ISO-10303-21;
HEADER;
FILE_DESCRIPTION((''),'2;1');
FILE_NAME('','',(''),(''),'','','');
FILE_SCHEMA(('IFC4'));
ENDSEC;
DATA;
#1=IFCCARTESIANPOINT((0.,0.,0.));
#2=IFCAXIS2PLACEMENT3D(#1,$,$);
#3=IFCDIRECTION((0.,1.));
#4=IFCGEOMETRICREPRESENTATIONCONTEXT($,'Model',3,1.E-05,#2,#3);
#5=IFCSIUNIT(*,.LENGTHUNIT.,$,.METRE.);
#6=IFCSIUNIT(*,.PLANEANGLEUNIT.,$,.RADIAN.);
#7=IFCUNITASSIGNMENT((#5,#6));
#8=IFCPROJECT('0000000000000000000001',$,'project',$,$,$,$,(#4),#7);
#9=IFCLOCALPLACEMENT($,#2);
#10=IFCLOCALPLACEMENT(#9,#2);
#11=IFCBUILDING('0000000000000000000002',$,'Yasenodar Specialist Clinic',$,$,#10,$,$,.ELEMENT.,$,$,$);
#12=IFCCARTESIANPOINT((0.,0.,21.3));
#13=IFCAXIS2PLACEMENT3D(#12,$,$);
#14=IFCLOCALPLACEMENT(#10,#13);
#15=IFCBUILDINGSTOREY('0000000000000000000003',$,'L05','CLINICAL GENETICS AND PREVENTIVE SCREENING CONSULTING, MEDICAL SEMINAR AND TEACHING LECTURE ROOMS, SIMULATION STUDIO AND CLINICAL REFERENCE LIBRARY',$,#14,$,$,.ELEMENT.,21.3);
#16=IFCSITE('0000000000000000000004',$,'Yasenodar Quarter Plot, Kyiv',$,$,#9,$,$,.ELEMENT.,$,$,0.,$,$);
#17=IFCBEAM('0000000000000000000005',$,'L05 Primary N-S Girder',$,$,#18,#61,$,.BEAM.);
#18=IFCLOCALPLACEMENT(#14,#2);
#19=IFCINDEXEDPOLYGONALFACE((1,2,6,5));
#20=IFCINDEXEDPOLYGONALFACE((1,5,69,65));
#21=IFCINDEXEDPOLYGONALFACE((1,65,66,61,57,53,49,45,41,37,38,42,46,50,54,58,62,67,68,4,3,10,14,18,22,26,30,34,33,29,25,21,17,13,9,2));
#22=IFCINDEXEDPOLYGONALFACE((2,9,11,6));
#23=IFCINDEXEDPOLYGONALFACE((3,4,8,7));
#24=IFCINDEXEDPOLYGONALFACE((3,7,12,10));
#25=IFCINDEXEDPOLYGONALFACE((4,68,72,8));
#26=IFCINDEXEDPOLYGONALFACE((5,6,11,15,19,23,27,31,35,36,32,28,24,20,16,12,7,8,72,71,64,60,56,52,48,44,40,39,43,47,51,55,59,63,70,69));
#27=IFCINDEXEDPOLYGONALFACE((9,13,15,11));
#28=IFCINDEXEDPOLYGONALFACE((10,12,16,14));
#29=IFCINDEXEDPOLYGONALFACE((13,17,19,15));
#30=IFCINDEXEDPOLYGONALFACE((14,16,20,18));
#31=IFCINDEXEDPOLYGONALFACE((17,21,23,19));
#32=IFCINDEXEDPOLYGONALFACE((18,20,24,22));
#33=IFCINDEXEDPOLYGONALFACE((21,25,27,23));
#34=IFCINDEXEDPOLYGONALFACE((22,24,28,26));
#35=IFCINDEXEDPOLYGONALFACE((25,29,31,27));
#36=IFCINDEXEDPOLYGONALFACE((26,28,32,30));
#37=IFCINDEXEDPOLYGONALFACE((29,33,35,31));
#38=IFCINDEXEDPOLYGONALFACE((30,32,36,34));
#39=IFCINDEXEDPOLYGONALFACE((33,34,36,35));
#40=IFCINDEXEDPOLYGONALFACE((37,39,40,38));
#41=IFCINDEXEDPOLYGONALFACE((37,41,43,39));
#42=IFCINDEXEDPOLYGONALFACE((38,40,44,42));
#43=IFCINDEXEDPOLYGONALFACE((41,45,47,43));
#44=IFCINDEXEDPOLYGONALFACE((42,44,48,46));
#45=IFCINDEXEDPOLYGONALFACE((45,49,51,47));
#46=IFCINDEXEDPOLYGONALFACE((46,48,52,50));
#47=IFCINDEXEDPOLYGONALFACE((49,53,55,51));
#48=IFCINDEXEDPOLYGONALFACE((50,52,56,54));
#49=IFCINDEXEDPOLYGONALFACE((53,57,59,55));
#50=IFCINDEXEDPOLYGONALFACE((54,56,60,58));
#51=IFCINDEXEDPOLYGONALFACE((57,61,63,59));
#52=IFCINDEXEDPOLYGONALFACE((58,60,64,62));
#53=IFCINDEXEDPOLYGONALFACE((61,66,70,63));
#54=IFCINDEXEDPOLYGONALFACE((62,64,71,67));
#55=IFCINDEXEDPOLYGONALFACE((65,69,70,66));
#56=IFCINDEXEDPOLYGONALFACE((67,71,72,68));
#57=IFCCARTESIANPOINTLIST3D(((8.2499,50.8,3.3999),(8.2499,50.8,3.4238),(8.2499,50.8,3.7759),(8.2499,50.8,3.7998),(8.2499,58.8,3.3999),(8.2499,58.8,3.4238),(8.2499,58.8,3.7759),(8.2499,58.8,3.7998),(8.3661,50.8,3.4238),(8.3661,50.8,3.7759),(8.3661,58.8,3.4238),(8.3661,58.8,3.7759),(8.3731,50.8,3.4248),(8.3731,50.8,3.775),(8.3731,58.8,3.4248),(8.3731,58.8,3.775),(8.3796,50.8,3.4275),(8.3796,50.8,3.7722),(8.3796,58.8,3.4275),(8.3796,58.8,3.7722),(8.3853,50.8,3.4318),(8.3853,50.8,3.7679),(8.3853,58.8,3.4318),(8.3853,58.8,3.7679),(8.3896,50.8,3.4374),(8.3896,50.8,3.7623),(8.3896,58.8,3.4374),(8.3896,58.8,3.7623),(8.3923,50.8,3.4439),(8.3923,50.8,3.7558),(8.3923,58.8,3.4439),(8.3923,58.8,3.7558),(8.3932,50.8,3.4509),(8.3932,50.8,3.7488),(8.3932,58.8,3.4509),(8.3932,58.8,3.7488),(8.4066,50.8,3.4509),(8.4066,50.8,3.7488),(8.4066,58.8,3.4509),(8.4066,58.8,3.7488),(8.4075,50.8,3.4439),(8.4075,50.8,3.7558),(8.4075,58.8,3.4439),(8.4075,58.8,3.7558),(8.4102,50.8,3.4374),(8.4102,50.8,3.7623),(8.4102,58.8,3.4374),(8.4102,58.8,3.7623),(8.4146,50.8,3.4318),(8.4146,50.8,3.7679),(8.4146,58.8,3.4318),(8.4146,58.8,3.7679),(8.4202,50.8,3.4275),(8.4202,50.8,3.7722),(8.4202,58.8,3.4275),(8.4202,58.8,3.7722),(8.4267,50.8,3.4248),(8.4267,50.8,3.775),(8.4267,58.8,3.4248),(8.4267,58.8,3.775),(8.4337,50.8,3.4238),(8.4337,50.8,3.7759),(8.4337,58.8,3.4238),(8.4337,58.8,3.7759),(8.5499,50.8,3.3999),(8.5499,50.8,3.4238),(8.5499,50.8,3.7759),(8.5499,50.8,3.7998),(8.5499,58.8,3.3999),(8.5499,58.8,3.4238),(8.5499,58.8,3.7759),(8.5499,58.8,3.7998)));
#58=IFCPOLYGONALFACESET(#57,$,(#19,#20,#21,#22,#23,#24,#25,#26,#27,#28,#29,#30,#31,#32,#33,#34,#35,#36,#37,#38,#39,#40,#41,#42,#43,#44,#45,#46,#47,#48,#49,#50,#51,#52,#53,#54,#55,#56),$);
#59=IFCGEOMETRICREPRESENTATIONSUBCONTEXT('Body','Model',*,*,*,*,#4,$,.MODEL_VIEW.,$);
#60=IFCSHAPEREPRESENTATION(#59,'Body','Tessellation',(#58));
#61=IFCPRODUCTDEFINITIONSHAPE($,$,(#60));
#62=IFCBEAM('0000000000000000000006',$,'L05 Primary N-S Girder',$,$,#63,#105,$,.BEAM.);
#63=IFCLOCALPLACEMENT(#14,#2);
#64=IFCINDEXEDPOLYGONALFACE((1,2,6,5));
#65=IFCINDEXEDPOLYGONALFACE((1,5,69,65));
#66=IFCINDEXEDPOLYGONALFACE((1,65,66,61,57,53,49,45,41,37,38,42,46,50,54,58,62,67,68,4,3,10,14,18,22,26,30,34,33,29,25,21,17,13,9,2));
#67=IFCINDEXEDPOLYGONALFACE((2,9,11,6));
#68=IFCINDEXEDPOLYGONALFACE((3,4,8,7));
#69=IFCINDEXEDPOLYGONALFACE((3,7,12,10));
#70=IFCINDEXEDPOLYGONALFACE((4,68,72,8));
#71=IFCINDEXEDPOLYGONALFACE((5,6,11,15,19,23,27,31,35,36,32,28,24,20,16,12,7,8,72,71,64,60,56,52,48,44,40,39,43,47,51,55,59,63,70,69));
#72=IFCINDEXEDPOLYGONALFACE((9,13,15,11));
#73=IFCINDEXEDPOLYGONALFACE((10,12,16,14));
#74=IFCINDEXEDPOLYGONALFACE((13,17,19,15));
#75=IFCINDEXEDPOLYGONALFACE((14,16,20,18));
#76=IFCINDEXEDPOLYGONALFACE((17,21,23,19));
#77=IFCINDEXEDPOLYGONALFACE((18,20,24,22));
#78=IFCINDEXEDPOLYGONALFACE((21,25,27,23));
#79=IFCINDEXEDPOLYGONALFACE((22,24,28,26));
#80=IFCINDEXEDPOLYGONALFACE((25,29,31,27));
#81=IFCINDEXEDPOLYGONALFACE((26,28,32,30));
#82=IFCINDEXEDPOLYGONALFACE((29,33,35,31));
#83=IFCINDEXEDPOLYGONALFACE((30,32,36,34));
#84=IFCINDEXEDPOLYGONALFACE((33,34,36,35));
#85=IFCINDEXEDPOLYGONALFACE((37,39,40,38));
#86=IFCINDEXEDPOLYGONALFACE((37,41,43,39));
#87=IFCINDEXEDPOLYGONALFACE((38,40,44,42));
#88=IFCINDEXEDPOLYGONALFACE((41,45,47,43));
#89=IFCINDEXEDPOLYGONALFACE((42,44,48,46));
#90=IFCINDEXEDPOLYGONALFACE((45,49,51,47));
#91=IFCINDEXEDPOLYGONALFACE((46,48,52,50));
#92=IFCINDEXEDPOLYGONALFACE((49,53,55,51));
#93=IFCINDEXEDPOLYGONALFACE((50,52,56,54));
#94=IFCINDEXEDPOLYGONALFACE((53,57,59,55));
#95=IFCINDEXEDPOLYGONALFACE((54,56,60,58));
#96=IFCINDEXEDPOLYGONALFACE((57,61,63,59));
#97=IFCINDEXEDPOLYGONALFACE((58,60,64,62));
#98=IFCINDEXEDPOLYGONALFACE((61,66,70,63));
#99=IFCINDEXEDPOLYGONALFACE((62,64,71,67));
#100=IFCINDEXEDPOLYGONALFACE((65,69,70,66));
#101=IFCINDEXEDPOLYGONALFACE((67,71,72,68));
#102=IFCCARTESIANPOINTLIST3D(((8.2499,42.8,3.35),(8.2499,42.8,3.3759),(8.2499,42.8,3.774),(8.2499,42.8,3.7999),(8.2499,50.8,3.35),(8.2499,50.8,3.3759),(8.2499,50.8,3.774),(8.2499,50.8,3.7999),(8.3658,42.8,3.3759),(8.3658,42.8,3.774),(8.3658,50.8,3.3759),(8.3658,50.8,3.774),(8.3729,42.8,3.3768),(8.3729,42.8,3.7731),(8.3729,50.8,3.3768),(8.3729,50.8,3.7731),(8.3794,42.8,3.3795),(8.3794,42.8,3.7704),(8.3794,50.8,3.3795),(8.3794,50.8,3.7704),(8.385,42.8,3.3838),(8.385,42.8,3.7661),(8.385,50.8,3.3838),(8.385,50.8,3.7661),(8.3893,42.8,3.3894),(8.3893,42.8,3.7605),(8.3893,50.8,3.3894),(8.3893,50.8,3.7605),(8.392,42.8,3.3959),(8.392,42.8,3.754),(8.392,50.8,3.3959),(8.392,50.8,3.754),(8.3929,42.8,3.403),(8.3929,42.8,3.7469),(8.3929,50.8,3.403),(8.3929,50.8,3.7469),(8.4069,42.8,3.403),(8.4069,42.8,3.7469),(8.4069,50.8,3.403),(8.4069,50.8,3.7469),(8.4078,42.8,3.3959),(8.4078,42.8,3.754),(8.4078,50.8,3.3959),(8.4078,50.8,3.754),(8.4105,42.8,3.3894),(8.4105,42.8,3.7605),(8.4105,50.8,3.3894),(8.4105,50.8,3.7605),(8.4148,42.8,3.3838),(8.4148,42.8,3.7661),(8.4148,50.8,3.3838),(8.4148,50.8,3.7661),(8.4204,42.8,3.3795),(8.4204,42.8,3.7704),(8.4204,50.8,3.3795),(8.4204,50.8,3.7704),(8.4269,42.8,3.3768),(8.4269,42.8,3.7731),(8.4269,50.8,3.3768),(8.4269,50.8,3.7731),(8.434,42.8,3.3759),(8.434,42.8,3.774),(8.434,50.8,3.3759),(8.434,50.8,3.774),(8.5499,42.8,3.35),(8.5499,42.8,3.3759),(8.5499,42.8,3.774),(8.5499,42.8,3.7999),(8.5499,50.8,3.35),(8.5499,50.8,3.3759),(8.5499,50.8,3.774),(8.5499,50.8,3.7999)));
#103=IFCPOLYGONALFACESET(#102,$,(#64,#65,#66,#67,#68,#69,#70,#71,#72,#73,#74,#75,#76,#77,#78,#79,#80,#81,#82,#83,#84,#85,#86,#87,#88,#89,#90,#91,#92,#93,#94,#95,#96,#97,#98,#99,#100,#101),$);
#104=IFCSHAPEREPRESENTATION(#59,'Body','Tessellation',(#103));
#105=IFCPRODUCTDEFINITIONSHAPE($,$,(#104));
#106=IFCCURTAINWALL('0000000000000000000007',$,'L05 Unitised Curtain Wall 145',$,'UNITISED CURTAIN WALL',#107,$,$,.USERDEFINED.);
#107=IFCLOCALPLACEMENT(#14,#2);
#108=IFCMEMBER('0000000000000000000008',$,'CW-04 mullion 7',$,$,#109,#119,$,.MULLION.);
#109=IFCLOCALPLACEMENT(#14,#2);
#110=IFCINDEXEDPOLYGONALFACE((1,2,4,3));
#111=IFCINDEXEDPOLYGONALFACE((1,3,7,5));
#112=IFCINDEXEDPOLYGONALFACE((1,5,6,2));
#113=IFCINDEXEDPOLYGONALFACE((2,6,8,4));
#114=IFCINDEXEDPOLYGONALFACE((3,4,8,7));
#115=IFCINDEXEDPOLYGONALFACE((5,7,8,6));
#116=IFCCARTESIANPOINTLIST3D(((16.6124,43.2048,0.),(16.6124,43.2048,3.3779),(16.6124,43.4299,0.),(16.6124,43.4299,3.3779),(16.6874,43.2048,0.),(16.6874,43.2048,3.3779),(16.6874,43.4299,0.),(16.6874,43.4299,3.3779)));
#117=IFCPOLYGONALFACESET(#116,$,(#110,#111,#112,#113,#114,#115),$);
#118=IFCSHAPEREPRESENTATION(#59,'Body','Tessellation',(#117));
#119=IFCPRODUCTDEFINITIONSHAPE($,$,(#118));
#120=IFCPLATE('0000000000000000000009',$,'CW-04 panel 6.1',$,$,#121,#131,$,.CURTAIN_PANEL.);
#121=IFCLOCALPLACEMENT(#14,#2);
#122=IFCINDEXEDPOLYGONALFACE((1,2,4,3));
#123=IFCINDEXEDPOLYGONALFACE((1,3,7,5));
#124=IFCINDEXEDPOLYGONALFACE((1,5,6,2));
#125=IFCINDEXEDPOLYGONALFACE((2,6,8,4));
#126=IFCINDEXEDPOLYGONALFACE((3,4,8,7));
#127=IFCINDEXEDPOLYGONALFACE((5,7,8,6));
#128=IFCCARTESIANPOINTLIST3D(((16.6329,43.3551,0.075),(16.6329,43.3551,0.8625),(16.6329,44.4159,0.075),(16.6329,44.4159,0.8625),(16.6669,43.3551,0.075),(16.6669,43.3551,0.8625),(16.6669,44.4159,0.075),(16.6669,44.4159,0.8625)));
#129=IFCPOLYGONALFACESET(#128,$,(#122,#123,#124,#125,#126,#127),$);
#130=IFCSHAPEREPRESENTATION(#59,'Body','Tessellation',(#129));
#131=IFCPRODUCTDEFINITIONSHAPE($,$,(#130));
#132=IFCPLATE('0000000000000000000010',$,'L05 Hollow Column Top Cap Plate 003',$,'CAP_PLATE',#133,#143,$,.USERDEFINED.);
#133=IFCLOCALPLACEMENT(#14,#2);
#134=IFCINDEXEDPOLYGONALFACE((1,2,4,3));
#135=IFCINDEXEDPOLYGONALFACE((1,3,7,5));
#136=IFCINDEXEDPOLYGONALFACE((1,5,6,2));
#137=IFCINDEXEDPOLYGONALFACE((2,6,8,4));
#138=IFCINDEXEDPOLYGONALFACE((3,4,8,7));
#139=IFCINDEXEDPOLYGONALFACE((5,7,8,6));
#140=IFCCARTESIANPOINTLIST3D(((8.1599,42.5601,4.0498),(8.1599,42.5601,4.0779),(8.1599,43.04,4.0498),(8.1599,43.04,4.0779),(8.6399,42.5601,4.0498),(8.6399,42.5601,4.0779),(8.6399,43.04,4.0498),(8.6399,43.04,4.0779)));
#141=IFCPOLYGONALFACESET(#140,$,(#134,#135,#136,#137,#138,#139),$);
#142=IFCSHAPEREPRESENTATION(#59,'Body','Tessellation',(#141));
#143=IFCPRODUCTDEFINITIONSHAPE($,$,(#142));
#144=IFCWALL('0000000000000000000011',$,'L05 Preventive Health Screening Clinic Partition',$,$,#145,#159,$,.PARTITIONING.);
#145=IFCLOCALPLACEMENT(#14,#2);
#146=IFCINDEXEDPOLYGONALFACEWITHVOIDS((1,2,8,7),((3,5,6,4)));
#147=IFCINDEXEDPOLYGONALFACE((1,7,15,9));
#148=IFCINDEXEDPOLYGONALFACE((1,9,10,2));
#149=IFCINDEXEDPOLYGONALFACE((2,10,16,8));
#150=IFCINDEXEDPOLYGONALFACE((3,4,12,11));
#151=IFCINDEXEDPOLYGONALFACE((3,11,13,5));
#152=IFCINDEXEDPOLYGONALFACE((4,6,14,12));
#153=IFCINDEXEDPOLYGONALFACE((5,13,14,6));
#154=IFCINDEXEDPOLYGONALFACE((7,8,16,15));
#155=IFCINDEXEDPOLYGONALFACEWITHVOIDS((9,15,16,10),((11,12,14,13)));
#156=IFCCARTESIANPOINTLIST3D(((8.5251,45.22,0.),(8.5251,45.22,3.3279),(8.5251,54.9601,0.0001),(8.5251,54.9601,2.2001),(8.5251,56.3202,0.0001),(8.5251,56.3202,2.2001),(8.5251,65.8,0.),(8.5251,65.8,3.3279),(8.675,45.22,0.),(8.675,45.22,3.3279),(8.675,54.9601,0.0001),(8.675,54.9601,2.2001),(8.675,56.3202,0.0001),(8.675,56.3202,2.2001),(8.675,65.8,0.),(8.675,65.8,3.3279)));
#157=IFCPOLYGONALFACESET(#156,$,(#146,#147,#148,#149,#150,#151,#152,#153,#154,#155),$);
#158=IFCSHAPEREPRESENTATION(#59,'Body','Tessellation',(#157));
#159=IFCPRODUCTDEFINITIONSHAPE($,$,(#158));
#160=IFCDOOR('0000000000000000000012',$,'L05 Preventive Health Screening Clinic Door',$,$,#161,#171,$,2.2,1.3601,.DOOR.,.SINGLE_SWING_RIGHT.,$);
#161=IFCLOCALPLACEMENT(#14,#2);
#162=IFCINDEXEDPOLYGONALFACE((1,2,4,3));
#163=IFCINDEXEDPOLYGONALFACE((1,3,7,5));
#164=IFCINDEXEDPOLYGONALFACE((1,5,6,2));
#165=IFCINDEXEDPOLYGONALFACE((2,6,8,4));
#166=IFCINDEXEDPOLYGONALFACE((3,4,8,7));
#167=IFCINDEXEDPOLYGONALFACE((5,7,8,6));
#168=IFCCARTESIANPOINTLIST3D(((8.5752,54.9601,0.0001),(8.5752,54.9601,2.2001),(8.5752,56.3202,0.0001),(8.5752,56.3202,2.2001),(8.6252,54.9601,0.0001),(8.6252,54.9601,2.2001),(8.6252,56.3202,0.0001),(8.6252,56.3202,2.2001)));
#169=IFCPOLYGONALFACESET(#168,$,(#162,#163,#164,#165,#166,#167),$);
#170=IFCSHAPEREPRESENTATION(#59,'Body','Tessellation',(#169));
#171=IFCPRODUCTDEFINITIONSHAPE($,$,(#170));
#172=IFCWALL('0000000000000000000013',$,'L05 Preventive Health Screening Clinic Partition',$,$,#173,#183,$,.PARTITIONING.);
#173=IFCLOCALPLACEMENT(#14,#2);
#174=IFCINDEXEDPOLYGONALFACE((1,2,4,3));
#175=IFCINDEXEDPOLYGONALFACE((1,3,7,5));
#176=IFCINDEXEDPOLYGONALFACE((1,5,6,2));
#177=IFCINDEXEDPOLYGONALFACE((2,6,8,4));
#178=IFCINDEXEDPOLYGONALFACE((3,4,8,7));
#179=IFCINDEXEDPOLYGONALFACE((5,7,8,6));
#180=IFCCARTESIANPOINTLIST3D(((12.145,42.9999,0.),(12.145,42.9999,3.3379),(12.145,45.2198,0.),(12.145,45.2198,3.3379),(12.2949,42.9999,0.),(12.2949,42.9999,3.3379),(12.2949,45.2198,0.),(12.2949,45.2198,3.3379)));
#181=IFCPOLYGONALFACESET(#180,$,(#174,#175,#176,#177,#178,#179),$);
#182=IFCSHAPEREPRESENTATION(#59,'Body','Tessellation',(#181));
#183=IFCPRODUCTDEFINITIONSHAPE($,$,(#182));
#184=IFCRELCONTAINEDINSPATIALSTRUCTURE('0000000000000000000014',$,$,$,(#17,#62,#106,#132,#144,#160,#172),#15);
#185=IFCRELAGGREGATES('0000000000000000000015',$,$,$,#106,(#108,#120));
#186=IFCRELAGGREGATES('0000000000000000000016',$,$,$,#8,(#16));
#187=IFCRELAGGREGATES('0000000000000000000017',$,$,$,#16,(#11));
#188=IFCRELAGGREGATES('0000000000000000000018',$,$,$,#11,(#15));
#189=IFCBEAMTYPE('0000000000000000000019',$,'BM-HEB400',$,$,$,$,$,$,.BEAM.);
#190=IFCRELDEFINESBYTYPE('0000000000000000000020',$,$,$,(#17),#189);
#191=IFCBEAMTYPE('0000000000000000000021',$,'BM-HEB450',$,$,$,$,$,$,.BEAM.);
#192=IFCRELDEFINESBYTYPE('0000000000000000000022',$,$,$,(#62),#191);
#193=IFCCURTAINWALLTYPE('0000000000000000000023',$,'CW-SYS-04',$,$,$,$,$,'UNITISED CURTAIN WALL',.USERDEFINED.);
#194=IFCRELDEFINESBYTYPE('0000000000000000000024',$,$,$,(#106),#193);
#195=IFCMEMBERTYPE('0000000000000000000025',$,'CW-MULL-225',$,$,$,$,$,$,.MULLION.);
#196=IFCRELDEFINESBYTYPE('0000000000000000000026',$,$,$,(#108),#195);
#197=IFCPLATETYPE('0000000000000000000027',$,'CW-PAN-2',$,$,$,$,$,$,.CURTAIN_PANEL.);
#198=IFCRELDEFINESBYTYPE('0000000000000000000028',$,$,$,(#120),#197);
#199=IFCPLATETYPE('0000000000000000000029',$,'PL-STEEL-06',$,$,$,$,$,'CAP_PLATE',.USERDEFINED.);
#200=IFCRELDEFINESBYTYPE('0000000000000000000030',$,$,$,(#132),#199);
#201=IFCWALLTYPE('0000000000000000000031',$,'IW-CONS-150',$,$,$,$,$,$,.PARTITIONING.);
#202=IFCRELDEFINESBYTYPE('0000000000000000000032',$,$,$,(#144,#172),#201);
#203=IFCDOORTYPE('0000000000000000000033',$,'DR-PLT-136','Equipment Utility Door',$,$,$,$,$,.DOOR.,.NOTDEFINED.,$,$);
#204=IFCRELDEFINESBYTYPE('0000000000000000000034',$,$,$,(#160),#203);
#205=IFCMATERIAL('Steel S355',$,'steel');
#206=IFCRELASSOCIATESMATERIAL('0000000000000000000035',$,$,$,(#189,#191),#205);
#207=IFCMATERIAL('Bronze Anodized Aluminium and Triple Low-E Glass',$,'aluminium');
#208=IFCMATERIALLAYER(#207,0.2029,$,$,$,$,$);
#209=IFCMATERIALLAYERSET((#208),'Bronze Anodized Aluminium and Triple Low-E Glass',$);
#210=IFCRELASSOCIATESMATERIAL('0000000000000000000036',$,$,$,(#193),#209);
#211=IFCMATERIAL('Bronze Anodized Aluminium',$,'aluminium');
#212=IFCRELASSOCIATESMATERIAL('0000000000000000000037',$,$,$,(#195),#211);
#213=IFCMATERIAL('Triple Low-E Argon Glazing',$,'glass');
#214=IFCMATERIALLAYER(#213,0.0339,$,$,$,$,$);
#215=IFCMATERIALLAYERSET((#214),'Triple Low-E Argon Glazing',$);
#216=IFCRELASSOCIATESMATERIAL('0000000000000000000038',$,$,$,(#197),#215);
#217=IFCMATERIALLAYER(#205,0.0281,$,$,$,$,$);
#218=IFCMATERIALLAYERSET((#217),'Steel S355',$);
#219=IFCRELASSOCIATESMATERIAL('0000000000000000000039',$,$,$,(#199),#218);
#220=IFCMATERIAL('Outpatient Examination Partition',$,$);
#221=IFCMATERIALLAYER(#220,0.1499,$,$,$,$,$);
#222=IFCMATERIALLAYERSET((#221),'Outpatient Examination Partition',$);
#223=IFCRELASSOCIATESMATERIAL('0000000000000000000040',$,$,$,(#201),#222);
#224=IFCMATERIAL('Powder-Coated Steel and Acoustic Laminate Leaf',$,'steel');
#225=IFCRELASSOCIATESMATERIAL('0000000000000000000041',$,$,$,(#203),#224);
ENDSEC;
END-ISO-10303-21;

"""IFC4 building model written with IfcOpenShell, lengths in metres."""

from ifc_helpers import new_model, si_unit, direction, frame, frame_2d, origin, origin_2d, place, context, subcontext, project, spatial, rectangle, i_section, extrude, material, layer, layer_set, material_profile, profile_set, type_object, element, fill, aggregate, save


model = new_model("IFC4")

# Units and contexts
model_context = context("Model", 3, precision=1e-05, world=origin(), true_north=direction((0.0, 1.0)))
body_context = subcontext(model_context, "Body", "Model", "MODEL_VIEW")
ifc_project = project(units=[si_unit("LENGTHUNIT", "METRE"), si_unit("PLANEANGLEUNIT", "RADIAN")], contexts=[model_context])

# Site, building, storey
site_placement = place(None, origin())
site = spatial("IfcSite", under=ifc_project, at=site_placement, Name="Yasenodar Quarter Plot, Kyiv", CompositionType="ELEMENT", RefElevation=0.0)
building_placement = place(site_placement, origin())
building = spatial("IfcBuilding", under=site, at=building_placement, Name="Yasenodar Specialist Clinic", CompositionType="ELEMENT")
storey_placement = place(building_placement, frame((0.0, 0.0, 21.3)))
storey = spatial("IfcBuildingStorey", under=building, at=storey_placement, Name="L05", Description="CLINICAL GENETICS AND PREVENTIVE SCREENING CONSULTING, MEDICAL SEMINAR AND TEACHING LECTURE ROOMS, SIMULATION STUDIO AND CLINICAL REFERENCE LIBRARY", CompositionType="ELEMENT", Elevation=21.3)

# Shared definitions
ifc_material_1 = material(Name="Steel S355", Category="steel")

# Beams
ifc_material_profile_1 = material_profile(ifc_material_1, i_section(OverallWidth=0.3, OverallDepth=0.3999, WebThickness=0.0134, FlangeThickness=0.0239, FilletRadius=0.0271, at=origin_2d()), Name="HEB 400")
ifc_profile_set_1 = profile_set([ifc_material_profile_1], Name="Steel S355")
beam_type_1 = type_object("IfcBeamType", Name="BM-HEB400", PredefinedType="BEAM", material=ifc_profile_set_1)
beam_1_placement = place(storey_placement, frame((8.3999, 50.8, 3.5999), z_axis=(0.0, 1.0, 0.0), x_axis=(-1.0, 0.0, 0.0)))
element("IfcBeam", 1, at=beam_1_placement, inside=storey, type_object=beam_type_1, Name="L05 Primary N-S Girder", PredefinedType="BEAM", context=body_context, shape_type="SweptSolid", body=[
    extrude(i_section(OverallWidth=0.3, OverallDepth=0.3999, WebThickness=0.0134, FlangeThickness=0.0239, FilletRadius=0.0271, at=origin_2d()), origin(), (0.0, 0.0, 1.0), 8.0),
])
ifc_material_profile_2 = material_profile(ifc_material_1, i_section(OverallWidth=0.3, OverallDepth=0.45, WebThickness=0.0139, FlangeThickness=0.0259, FilletRadius=0.0271, at=origin_2d()), Name="HEB 450")
ifc_profile_set_2 = profile_set([ifc_material_profile_2], Name="Steel S355")
beam_type_2 = type_object("IfcBeamType", Name="BM-HEB450", PredefinedType="BEAM", material=ifc_profile_set_2)
beam_2_placement = place(storey_placement, frame((8.3999, 42.8, 3.575), z_axis=(0.0, 1.0, 0.0), x_axis=(-1.0, 0.0, 0.0)))
element("IfcBeam", 2, at=beam_2_placement, inside=storey, type_object=beam_type_2, Name="L05 Primary N-S Girder", PredefinedType="BEAM", context=body_context, shape_type="SweptSolid", body=[
    extrude(i_section(OverallWidth=0.3, OverallDepth=0.45, WebThickness=0.0139, FlangeThickness=0.0259, FilletRadius=0.0271, at=origin_2d()), origin(), (0.0, 0.0, 1.0), 8.0),
])

# Curtain wall, member, plate
ifc_material_2 = material(Name="Bronze Anodized Aluminium and Triple Low-E Glass", Category="aluminium")
ifc_layer_1 = layer(ifc_material_2, 0.2029)
ifc_layer_set_1 = layer_set([ifc_layer_1], Name="Bronze Anodized Aluminium and Triple Low-E Glass")
curtain_wall_type = type_object("IfcCurtainWallType", Name="CW-SYS-04", ElementType="UNITISED CURTAIN WALL", PredefinedType="USERDEFINED", material=ifc_layer_set_1)
curtain_wall_placement = place(storey_placement, origin())
curtain_wall = element("IfcCurtainWall", 3, at=curtain_wall_placement, inside=storey, type_object=curtain_wall_type, Name="L05 Unitised Curtain Wall 145", ObjectType="UNITISED CURTAIN WALL", PredefinedType="USERDEFINED")
ifc_material_3 = material(Name="Bronze Anodized Aluminium", Category="aluminium")
ifc_material_profile_3 = material_profile(ifc_material_3, rectangle(XDim=0.075, YDim=0.2251, at=origin_2d()), Name="CW-MULL 75x225")
ifc_profile_set_3 = profile_set([ifc_material_profile_3], Name="Bronze Anodized Aluminium")
member_type = type_object("IfcMemberType", Name="CW-MULL-225", PredefinedType="MULLION", material=ifc_profile_set_3)
member_placement = place(storey_placement, frame((16.6499, 43.3174, 0.0), z_axis=(0.0, 0.0, 1.0), x_axis=(1.0, 0.0, 0.0)))
member = element("IfcMember", 4, at=member_placement, type_object=member_type, Name="CW-04 mullion 7", PredefinedType="MULLION", context=body_context, shape_type="SweptSolid", body=[
    extrude(rectangle(XDim=0.075, YDim=0.2251, at=origin_2d()), origin(), (0.0, 0.0, 1.0), 3.3779),
])
ifc_material_4 = material(Name="Triple Low-E Argon Glazing", Category="glass")
ifc_layer_2 = layer(ifc_material_4, 0.0339)
ifc_layer_set_2 = layer_set([ifc_layer_2], Name="Triple Low-E Argon Glazing")
plate_type_1 = type_object("IfcPlateType", Name="CW-PAN-2", PredefinedType="CURTAIN_PANEL", material=ifc_layer_set_2)
plate_1_placement = place(storey_placement, frame((16.6499, 43.8855, 0.075), z_axis=(0.0, 0.0, 1.0), x_axis=(0.0, -1.0, 0.0)))
plate_1 = element("IfcPlate", 5, at=plate_1_placement, type_object=plate_type_1, Name="CW-04 panel 6.1", PredefinedType="CURTAIN_PANEL", context=body_context, shape_type="SweptSolid", body=[
    extrude(rectangle(XDim=1.0608, YDim=0.0339, at=origin_2d()), origin(), (0.0, 0.0, 1.0), 0.7876),
])
aggregate(curtain_wall, [member, plate_1])

# Plate
ifc_layer_3 = layer(ifc_material_1, 0.0281)
ifc_layer_set_3 = layer_set([ifc_layer_3], Name="Steel S355")
plate_type_2 = type_object("IfcPlateType", Name="PL-STEEL-06", ElementType="CAP_PLATE", PredefinedType="USERDEFINED", material=ifc_layer_set_3)
plate_2_placement = place(storey_placement, frame((8.3999, 42.8, 4.0498), z_axis=(0.0, 0.0, 1.0), x_axis=(1.0, 0.0, 0.0)))
element("IfcPlate", 6, at=plate_2_placement, inside=storey, type_object=plate_type_2, Name="L05 Hollow Column Top Cap Plate 003", ObjectType="CAP_PLATE", PredefinedType="USERDEFINED", context=body_context, shape_type="SweptSolid", body=[
    extrude(rectangle(XDim=0.48, YDim=0.48, at=origin_2d()), origin(), (0.0, 0.0, 1.0), 0.0281),
])

# Wall, opening, door
ifc_material_5 = material(Name="Outpatient Examination Partition")
ifc_layer_4 = layer(ifc_material_5, 0.1499)
ifc_layer_set_4 = layer_set([ifc_layer_4], Name="Outpatient Examination Partition")
wall_type_1 = type_object("IfcWallType", Name="IW-CONS-150", PredefinedType="PARTITIONING", material=ifc_layer_set_4)
wall_1_placement = place(storey_placement, frame((8.6001, 45.22, 0.0), z_axis=(0.0, 0.0, 1.0), x_axis=(0.0, 1.0, 0.0)))
wall_1 = element("IfcWall", 7, at=wall_1_placement, inside=storey, type_object=wall_type_1, Name="L05 Preventive Health Screening Clinic Partition", PredefinedType="PARTITIONING", context=body_context, shape_type="SweptSolid", body=[
    extrude(rectangle(XDim=20.5801, YDim=0.1499, at=frame_2d((10.29, 0.0))), origin(), (0.0, 0.0, 1.0), 3.3279),
])
opening_placement = place(wall_1_placement, frame((9.74, 0.0, 0.0)))
opening = element("IfcOpeningElement", 8, at=opening_placement, cuts=wall_1, PredefinedType="OPENING", context=body_context, shape_type="SweptSolid", body=[
    extrude(rectangle(XDim=1.3601, YDim=2.2, at=frame_2d((0.6802, 1.1001))), frame((0.0, 0.085, 0.0), z_axis=(0.0, -1.0, 0.0), x_axis=(1.0, 0.0, 0.0)), (0.0, 0.0, 1.0), 0.1699),
])
ifc_material_6 = material(Name="Powder-Coated Steel and Acoustic Laminate Leaf", Category="steel")
door_type = type_object("IfcDoorType", Name="DR-PLT-136", Description="Equipment Utility Door", OperationType="NOTDEFINED", PredefinedType="DOOR", material=ifc_material_6)
door_placement = place(opening_placement, origin())
door = element("IfcDoor", 9, at=door_placement, inside=storey, type_object=door_type, Name="L05 Preventive Health Screening Clinic Door", OperationType="SINGLE_SWING_RIGHT", OverallHeight=2.2, OverallWidth=1.3601, PredefinedType="DOOR", context=body_context, shape_type="SweptSolid", body=[
    extrude(rectangle(XDim=1.3601, YDim=2.2, at=frame_2d((0.6802, 1.1001))), frame((0.0, 0.0249, 0.0), z_axis=(0.0, -1.0, 0.0), x_axis=(1.0, 0.0, 0.0)), (0.0, 0.0, 1.0), 0.05),
])
fill(opening, door)

# Wall
wall_2_placement = place(storey_placement, frame((12.22, 43.0, 0.0), z_axis=(0.0, 0.0, 1.0), x_axis=(0.0, 1.0, 0.0)))
element("IfcWall", 10, at=wall_2_placement, inside=storey, type_object=wall_type_1, Name="L05 Preventive Health Screening Clinic Partition", PredefinedType="PARTITIONING", context=body_context, shape_type="SweptSolid", body=[
    extrude(rectangle(XDim=2.22, YDim=0.1499, at=frame_2d((1.1099, 0.0))), origin(), (0.0, 0.0, 1.0), 3.3379),
])

save(model, "model.ifc")
